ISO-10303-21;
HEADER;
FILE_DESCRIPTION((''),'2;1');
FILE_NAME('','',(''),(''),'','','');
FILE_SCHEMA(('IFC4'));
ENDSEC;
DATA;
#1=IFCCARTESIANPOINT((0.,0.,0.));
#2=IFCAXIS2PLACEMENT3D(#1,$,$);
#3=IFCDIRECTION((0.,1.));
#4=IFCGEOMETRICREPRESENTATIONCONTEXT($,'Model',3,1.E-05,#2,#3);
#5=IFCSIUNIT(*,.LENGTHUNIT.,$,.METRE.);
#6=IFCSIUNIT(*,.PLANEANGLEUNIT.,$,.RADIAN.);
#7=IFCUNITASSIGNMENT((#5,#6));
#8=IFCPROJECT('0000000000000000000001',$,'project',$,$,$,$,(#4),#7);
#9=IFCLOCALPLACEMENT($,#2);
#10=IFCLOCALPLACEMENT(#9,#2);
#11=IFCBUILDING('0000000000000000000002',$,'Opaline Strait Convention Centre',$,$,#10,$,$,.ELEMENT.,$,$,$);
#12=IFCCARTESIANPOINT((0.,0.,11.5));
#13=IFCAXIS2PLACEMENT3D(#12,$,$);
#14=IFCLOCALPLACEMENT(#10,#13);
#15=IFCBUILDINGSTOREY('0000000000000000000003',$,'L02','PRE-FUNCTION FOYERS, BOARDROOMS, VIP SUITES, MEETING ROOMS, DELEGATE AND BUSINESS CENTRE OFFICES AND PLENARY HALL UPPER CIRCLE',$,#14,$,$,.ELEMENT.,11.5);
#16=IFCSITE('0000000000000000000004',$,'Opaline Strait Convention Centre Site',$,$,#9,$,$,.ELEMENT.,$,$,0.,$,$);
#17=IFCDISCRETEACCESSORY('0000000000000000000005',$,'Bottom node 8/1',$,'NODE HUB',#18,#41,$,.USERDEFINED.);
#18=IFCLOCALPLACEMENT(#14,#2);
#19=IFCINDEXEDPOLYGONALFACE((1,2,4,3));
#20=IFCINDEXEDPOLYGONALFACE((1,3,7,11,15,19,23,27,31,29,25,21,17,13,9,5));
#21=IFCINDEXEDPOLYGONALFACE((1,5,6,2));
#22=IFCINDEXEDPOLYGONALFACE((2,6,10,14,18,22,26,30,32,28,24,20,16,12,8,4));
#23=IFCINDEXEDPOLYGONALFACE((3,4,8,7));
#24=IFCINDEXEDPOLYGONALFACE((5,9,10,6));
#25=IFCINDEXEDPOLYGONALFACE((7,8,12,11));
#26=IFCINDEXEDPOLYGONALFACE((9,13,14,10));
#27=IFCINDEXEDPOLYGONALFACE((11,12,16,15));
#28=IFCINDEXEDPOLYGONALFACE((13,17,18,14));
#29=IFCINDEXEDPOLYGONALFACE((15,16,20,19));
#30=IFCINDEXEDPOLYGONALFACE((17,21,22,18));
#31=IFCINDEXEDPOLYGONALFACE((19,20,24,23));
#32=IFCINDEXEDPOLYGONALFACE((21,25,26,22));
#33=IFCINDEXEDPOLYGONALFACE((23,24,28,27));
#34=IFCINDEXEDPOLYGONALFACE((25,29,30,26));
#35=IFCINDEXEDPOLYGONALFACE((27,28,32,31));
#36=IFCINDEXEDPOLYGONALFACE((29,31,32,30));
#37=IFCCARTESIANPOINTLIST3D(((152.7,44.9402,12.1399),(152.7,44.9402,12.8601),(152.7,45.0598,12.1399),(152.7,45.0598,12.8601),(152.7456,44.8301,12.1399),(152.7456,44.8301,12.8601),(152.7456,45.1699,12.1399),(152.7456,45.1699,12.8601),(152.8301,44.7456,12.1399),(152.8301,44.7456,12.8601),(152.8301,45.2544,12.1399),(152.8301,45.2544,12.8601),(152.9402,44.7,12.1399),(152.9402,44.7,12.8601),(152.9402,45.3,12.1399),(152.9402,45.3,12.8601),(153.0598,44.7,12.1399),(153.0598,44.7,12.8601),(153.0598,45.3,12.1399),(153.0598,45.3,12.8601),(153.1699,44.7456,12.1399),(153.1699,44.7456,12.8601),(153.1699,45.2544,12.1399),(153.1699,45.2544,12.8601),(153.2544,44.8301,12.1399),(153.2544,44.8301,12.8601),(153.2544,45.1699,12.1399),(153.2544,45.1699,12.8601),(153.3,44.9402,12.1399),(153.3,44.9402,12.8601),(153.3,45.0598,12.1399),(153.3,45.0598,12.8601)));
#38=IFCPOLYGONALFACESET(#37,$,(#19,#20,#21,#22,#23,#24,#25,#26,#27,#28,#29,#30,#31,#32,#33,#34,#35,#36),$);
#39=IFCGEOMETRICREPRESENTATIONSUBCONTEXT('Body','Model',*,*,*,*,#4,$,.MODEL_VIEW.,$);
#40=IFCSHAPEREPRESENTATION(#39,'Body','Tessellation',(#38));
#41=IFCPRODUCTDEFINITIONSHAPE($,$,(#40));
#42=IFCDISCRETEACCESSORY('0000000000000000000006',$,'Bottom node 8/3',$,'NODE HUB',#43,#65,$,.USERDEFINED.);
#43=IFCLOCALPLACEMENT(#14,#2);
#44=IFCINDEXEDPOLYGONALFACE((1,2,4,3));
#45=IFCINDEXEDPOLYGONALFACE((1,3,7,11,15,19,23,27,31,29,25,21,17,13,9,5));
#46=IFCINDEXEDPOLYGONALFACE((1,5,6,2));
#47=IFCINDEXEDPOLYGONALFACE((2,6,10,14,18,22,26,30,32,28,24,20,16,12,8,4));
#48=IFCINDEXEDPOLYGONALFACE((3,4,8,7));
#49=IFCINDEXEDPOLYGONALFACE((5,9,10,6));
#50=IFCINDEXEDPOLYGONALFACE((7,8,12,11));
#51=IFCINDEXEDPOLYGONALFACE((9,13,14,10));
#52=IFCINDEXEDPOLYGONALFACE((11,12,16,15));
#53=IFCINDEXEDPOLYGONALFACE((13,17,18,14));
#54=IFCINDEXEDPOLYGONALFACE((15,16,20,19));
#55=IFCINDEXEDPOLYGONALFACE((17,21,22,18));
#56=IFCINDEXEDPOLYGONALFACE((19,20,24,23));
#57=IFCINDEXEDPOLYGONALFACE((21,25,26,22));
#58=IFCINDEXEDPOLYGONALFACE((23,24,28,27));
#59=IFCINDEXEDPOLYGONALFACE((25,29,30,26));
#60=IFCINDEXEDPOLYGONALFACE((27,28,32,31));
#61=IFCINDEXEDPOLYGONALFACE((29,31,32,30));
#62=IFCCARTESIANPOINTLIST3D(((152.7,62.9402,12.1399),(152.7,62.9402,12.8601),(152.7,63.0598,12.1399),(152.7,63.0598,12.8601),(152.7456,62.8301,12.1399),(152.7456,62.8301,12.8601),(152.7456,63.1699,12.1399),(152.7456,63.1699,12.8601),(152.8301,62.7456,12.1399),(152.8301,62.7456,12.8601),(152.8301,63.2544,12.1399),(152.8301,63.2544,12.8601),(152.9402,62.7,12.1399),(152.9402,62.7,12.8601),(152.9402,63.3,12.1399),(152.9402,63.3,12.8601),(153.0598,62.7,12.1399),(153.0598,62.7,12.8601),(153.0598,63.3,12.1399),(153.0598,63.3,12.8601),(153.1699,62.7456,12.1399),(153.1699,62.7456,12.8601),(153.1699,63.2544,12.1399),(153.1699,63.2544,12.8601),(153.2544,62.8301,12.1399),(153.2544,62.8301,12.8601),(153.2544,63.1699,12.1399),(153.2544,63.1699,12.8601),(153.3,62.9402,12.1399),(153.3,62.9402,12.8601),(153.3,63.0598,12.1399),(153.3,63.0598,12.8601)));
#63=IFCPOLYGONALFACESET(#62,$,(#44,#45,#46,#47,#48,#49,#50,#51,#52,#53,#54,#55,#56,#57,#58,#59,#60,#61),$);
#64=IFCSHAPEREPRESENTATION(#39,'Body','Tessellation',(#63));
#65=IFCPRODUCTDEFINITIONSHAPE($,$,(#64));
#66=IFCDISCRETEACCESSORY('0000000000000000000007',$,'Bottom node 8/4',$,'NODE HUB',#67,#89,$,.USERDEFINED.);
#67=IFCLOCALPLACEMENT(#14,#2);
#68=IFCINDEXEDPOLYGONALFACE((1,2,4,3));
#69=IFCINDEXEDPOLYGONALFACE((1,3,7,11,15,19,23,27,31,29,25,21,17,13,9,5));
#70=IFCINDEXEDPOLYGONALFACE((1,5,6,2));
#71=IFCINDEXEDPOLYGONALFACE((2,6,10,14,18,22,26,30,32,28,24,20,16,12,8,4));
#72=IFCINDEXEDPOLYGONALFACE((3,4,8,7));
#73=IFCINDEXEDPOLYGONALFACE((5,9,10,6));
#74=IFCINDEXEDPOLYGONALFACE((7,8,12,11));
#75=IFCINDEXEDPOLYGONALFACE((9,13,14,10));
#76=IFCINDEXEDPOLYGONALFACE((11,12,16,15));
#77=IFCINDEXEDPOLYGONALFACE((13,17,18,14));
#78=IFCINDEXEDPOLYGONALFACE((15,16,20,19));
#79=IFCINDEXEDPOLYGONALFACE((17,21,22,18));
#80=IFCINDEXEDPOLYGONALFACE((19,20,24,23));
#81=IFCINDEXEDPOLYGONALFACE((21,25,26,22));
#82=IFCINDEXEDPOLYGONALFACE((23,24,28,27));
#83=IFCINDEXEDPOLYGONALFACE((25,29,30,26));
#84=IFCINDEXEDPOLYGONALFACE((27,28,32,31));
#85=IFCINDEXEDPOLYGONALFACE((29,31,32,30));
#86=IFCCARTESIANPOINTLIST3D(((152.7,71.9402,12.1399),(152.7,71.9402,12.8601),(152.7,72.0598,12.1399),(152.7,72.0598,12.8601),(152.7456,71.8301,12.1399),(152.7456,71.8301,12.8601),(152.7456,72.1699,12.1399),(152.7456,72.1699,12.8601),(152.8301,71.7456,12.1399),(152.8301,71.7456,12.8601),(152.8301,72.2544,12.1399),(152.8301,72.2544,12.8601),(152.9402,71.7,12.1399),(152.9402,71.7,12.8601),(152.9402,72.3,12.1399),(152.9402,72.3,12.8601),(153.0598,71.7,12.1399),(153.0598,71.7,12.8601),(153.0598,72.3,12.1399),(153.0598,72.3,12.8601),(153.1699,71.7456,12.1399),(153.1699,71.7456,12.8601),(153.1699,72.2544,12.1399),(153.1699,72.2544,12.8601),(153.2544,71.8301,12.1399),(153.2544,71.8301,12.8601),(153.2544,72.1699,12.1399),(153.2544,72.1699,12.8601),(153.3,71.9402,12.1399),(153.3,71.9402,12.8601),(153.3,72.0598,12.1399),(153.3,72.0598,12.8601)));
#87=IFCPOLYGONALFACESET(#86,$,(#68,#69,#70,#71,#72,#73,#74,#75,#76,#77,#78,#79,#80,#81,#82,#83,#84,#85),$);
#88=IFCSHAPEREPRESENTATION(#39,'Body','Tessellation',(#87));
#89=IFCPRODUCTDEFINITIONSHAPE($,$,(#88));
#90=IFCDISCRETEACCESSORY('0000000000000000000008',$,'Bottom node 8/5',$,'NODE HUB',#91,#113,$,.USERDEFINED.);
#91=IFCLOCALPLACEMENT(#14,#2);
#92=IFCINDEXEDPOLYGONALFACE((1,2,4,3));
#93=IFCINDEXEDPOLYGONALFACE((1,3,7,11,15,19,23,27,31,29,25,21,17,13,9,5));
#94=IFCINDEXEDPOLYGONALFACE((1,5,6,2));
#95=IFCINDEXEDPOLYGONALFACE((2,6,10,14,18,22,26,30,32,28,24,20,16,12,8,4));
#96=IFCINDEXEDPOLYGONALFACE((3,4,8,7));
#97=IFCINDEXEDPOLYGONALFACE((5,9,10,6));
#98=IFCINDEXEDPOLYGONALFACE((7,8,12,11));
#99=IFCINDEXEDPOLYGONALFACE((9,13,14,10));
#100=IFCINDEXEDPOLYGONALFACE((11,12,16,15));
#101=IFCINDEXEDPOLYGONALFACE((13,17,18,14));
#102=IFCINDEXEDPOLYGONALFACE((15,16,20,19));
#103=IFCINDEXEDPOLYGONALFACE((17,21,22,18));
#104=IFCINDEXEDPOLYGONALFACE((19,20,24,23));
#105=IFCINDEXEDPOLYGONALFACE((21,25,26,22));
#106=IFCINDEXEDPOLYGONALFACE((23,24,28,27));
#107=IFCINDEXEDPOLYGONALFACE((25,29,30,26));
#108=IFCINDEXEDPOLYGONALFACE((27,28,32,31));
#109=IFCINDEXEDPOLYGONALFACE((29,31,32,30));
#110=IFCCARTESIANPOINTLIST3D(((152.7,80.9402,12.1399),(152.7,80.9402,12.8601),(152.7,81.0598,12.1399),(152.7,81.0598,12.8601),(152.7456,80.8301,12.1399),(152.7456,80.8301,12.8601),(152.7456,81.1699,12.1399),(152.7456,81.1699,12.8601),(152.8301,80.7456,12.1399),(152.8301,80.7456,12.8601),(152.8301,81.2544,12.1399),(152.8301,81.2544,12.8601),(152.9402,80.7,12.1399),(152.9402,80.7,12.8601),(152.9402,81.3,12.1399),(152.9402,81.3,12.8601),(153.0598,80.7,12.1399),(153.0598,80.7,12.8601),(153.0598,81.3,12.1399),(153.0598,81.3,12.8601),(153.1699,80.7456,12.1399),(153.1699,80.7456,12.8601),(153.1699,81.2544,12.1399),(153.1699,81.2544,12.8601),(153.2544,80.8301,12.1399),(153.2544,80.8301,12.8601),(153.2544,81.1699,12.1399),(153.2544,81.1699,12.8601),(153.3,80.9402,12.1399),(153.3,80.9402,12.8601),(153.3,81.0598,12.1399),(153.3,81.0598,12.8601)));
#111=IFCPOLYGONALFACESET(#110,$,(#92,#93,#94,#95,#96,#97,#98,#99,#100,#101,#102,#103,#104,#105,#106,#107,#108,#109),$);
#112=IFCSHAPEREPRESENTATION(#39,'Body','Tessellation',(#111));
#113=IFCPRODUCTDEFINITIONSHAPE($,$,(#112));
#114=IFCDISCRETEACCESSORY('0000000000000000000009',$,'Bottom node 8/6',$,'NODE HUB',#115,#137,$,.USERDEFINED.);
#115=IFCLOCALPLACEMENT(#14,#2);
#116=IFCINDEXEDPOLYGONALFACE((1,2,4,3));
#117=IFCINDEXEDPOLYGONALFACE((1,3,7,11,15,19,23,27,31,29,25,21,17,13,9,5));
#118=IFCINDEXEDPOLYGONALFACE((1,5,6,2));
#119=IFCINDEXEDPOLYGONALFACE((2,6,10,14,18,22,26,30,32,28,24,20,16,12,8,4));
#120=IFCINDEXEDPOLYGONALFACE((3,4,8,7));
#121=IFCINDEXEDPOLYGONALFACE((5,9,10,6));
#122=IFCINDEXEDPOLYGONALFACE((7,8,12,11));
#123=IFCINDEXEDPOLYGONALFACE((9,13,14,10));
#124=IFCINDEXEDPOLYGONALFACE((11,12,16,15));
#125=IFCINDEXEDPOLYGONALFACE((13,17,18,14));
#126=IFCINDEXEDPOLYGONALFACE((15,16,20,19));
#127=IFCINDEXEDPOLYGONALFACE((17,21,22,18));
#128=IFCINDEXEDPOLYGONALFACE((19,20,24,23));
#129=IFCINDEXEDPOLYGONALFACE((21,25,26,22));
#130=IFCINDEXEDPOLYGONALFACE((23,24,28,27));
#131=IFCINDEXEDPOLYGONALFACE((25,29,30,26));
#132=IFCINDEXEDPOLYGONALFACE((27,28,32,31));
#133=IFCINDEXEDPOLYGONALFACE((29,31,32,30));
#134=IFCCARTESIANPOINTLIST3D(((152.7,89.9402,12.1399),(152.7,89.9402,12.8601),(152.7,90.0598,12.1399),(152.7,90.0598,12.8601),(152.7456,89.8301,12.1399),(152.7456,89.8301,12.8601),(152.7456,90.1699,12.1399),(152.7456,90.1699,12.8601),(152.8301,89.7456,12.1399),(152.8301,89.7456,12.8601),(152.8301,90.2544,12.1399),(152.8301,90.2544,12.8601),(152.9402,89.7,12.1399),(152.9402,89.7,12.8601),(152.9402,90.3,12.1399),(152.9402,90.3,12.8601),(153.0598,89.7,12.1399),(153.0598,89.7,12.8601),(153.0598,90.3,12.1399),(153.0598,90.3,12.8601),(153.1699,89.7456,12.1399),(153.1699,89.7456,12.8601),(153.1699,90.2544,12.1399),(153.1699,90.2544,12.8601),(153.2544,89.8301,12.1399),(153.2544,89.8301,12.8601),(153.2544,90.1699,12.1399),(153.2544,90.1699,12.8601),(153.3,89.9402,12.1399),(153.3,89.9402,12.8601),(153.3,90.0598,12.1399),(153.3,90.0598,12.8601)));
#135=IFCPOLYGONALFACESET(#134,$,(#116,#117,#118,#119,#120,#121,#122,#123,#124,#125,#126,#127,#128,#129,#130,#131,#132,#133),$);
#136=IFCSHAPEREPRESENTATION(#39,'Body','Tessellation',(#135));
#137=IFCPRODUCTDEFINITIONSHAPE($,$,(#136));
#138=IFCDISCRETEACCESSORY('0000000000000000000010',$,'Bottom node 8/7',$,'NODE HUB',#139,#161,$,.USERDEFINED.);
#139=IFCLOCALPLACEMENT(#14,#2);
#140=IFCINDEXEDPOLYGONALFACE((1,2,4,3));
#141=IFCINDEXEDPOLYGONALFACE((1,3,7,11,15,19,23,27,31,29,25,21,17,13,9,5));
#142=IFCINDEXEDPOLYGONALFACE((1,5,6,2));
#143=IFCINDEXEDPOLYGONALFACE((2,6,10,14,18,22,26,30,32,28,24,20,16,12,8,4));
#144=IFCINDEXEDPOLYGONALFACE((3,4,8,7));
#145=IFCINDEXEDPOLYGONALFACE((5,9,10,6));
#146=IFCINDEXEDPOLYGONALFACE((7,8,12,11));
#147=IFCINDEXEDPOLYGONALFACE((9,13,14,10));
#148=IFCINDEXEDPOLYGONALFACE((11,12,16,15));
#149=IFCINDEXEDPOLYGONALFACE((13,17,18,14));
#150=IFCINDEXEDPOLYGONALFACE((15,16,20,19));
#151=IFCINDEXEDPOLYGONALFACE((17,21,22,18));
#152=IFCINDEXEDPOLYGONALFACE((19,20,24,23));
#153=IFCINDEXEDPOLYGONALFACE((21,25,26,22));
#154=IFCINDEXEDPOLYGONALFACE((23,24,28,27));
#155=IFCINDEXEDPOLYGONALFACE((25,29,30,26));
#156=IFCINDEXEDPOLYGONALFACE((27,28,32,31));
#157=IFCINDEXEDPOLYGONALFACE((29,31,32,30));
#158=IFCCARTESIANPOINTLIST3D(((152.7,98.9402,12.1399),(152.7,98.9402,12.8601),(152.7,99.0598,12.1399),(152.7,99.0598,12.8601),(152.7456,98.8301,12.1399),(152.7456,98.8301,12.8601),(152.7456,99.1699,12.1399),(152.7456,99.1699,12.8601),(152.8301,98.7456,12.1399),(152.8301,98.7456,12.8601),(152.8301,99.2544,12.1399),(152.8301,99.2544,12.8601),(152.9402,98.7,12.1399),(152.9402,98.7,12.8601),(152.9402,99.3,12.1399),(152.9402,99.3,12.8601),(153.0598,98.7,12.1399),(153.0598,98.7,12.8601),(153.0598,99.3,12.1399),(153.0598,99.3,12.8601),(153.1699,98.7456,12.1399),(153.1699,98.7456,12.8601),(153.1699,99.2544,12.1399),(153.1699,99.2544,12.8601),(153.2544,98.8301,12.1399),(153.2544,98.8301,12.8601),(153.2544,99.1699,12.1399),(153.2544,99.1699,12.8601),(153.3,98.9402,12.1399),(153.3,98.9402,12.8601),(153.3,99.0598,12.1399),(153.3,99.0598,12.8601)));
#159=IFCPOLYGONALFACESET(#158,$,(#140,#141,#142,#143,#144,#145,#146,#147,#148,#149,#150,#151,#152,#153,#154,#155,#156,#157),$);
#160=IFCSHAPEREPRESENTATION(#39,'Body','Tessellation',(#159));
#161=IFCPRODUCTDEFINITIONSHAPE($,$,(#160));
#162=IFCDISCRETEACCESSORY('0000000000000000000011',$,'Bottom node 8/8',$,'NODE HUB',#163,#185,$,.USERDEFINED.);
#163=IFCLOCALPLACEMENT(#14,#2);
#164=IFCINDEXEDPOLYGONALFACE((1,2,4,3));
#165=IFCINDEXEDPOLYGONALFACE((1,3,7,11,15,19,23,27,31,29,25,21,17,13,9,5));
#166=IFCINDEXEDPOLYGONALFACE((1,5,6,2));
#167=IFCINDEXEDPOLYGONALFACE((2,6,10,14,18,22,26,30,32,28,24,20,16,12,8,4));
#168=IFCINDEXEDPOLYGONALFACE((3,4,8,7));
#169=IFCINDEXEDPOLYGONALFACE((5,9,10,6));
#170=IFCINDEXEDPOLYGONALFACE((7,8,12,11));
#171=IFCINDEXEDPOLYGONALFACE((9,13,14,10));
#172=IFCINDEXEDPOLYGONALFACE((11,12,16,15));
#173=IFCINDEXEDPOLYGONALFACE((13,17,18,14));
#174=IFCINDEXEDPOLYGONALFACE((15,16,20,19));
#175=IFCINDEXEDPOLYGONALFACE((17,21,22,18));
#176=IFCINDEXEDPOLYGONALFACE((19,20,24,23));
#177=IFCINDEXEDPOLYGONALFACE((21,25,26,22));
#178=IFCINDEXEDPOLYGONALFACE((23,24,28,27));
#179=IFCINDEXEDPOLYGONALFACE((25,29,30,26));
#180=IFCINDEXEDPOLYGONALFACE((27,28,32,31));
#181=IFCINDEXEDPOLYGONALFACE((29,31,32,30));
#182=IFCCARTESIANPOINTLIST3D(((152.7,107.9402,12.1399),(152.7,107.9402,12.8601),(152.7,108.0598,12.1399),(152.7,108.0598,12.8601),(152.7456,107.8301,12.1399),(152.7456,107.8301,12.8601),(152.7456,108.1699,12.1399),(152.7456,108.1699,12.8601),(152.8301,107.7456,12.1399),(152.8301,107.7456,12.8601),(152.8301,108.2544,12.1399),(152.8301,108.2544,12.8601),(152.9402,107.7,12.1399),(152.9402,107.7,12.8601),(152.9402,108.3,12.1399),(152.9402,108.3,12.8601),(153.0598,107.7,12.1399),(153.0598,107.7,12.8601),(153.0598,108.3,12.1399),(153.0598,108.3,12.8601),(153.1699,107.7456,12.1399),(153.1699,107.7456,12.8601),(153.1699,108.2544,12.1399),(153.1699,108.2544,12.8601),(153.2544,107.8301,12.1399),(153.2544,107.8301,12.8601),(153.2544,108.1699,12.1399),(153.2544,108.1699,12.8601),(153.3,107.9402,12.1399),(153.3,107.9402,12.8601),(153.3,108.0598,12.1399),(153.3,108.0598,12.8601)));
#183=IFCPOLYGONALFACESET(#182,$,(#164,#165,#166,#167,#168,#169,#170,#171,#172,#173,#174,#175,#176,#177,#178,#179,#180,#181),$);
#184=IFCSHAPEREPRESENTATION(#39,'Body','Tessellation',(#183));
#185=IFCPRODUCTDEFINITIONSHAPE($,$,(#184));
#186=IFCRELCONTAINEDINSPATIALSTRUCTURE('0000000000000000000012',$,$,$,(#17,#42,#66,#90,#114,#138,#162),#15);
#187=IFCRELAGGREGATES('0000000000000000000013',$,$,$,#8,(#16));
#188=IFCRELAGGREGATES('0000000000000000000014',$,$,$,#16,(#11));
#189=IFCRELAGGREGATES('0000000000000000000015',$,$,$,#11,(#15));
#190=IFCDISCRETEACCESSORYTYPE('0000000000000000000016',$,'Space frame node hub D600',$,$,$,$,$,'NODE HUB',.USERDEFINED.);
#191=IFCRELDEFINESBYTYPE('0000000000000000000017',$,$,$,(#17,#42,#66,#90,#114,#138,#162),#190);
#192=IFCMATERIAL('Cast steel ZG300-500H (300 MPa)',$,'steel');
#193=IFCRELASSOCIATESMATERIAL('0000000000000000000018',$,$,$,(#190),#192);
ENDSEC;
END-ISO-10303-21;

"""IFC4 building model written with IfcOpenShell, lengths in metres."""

from ifc_helpers import new_model, si_unit, direction, frame, origin, place, context, subcontext, project, spatial, polyline, outline, extrude, material, type_object, element, save


model = new_model("IFC4")

# Units and contexts
model_context = context("Model", 3, precision=1e-05, world=origin(), true_north=direction((0.0, 1.0)))
body_context = subcontext(model_context, "Body", "Model", "MODEL_VIEW")
ifc_project = project(units=[si_unit("LENGTHUNIT", "METRE"), si_unit("PLANEANGLEUNIT", "RADIAN")], contexts=[model_context])

# Site, building, storey
site_placement = place(None, origin())
site = spatial("IfcSite", under=ifc_project, at=site_placement, Name="Opaline Strait Convention Centre Site", CompositionType="ELEMENT", RefElevation=0.0)
building_placement = place(site_placement, origin())
building = spatial("IfcBuilding", under=site, at=building_placement, Name="Opaline Strait Convention Centre", CompositionType="ELEMENT")
storey_placement = place(building_placement, frame((0.0, 0.0, 11.5)))
storey = spatial("IfcBuildingStorey", under=building, at=storey_placement, Name="L02", Description="PRE-FUNCTION FOYERS, BOARDROOMS, VIP SUITES, MEETING ROOMS, DELEGATE AND BUSINESS CENTRE OFFICES AND PLENARY HALL UPPER CIRCLE", CompositionType="ELEMENT", Elevation=11.5)

# Discrete accessories
ifc_material = material(Name="Cast steel ZG300-500H (300 MPa)", Category="steel")
discrete_accessory_type_1 = type_object("IfcDiscreteAccessoryType", Name="Space frame node hub D600", ElementType="NODE HUB", PredefinedType="USERDEFINED", material=ifc_material)
discrete_accessory_1_placement = place(storey_placement, frame((0.0, 0.0, 12.1399)))
element("IfcDiscreteAccessory", 1, at=discrete_accessory_1_placement, inside=storey, type_object=discrete_accessory_type_1, Name="Bottom node 8/1", ObjectType="NODE HUB", PredefinedType="USERDEFINED", context=body_context, shape_type="SweptSolid", body=[
    extrude(outline(polyline([(153.3, 45.0598), (153.2544, 45.1699), (153.1699, 45.2544), (153.0598, 45.3), (152.9402, 45.3), (152.8301, 45.2544), (152.7456, 45.1699), (152.7, 45.0598), (152.7, 44.9402), (152.7456, 44.8301), (152.8301, 44.7456), (152.9402, 44.7), (153.0598, 44.7), (153.1699, 44.7456), (153.2544, 44.8301), (153.3, 44.9402), (153.3, 45.0598)])), origin(), (0.0, 0.0, 1.0), 0.7202),
])
discrete_accessory_2_placement = place(storey_placement, frame((0.0, 0.0, 12.1399)))
element("IfcDiscreteAccessory", 2, at=discrete_accessory_2_placement, inside=storey, type_object=discrete_accessory_type_1, Name="Bottom node 8/3", ObjectType="NODE HUB", PredefinedType="USERDEFINED", context=body_context, shape_type="SweptSolid", body=[
    extrude(outline(polyline([(153.3, 63.0598), (153.2544, 63.1699), (153.1699, 63.2544), (153.0598, 63.3), (152.9402, 63.3), (152.8301, 63.2544), (152.7456, 63.1699), (152.7, 63.0598), (152.7, 62.9402), (152.7456, 62.8301), (152.8301, 62.7456), (152.9402, 62.7), (153.0598, 62.7), (153.1699, 62.7456), (153.2544, 62.8301), (153.3, 62.9402), (153.3, 63.0598)])), origin(), (0.0, 0.0, 1.0), 0.7202),
])
discrete_accessory_3_placement = place(storey_placement, frame((0.0, 0.0, 12.1399)))
element("IfcDiscreteAccessory", 3, at=discrete_accessory_3_placement, inside=storey, type_object=discrete_accessory_type_1, Name="Bottom node 8/4", ObjectType="NODE HUB", PredefinedType="USERDEFINED", context=body_context, shape_type="SweptSolid", body=[
    extrude(outline(polyline([(153.3, 72.0598), (153.2544, 72.1699), (153.1699, 72.2544), (153.0598, 72.3), (152.9402, 72.3), (152.8301, 72.2544), (152.7456, 72.1699), (152.7, 72.0598), (152.7, 71.9402), (152.7456, 71.8301), (152.8301, 71.7456), (152.9402, 71.7), (153.0598, 71.7), (153.1699, 71.7456), (153.2544, 71.8301), (153.3, 71.9402), (153.3, 72.0598)])), origin(), (0.0, 0.0, 1.0), 0.7202),
])
discrete_accessory_4_placement = place(storey_placement, frame((0.0, 0.0, 12.1399)))
element("IfcDiscreteAccessory", 4, at=discrete_accessory_4_placement, inside=storey, type_object=discrete_accessory_type_1, Name="Bottom node 8/5", ObjectType="NODE HUB", PredefinedType="USERDEFINED", context=body_context, shape_type="SweptSolid", body=[
    extrude(outline(polyline([(153.3, 81.0598), (153.2544, 81.1699), (153.1699, 81.2544), (153.0598, 81.3), (152.9402, 81.3), (152.8301, 81.2544), (152.7456, 81.1699), (152.7, 81.0598), (152.7, 80.9402), (152.7456, 80.8301), (152.8301, 80.7456), (152.9402, 80.7), (153.0598, 80.7), (153.1699, 80.7456), (153.2544, 80.8301), (153.3, 80.9402), (153.3, 81.0598)])), origin(), (0.0, 0.0, 1.0), 0.7202),
])
discrete_accessory_5_placement = place(storey_placement, frame((0.0, 0.0, 12.1399)))
element("IfcDiscreteAccessory", 5, at=discrete_accessory_5_placement, inside=storey, type_object=discrete_accessory_type_1, Name="Bottom node 8/6", ObjectType="NODE HUB", PredefinedType="USERDEFINED", context=body_context, shape_type="SweptSolid", body=[
    extrude(outline(polyline([(153.3, 90.0598), (153.2544, 90.1699), (153.1699, 90.2544), (153.0598, 90.3), (152.9402, 90.3), (152.8301, 90.2544), (152.7456, 90.1699), (152.7, 90.0598), (152.7, 89.9402), (152.7456, 89.8301), (152.8301, 89.7456), (152.9402, 89.7), (153.0598, 89.7), (153.1699, 89.7456), (153.2544, 89.8301), (153.3, 89.9402), (153.3, 90.0598)])), origin(), (0.0, 0.0, 1.0), 0.7202),
])
discrete_accessory_6_placement = place(storey_placement, frame((0.0, 0.0, 12.1399)))
element("IfcDiscreteAccessory", 6, at=discrete_accessory_6_placement, inside=storey, type_object=discrete_accessory_type_1, Name="Bottom node 8/7", ObjectType="NODE HUB", PredefinedType="USERDEFINED", context=body_context, shape_type="SweptSolid", body=[
    extrude(outline(polyline([(153.3, 99.0598), (153.2544, 99.1699), (153.1699, 99.2544), (153.0598, 99.3), (152.9402, 99.3), (152.8301, 99.2544), (152.7456, 99.1699), (152.7, 99.0598), (152.7, 98.9402), (152.7456, 98.8301), (152.8301, 98.7456), (152.9402, 98.7), (153.0598, 98.7), (153.1699, 98.7456), (153.2544, 98.8301), (153.3, 98.9402), (153.3, 99.0598)])), origin(), (0.0, 0.0, 1.0), 0.7202),
])
discrete_accessory_7_placement = place(storey_placement, frame((0.0, 0.0, 12.1399)))
element("IfcDiscreteAccessory", 7, at=discrete_accessory_7_placement, inside=storey, type_object=discrete_accessory_type_1, Name="Bottom node 8/8", ObjectType="NODE HUB", PredefinedType="USERDEFINED", context=body_context, shape_type="SweptSolid", body=[
    extrude(outline(polyline([(153.3, 108.0598), (153.2544, 108.1699), (153.1699, 108.2544), (153.0598, 108.3), (152.9402, 108.3), (152.8301, 108.2544), (152.7456, 108.1699), (152.7, 108.0598), (152.7, 107.9402), (152.7456, 107.8301), (152.8301, 107.7456), (152.9402, 107.7), (153.0598, 107.7), (153.1699, 107.7456), (153.2544, 107.8301), (153.3, 107.9402), (153.3, 108.0598)])), origin(), (0.0, 0.0, 1.0), 0.7202),
])

save(model, "model.ifc")
